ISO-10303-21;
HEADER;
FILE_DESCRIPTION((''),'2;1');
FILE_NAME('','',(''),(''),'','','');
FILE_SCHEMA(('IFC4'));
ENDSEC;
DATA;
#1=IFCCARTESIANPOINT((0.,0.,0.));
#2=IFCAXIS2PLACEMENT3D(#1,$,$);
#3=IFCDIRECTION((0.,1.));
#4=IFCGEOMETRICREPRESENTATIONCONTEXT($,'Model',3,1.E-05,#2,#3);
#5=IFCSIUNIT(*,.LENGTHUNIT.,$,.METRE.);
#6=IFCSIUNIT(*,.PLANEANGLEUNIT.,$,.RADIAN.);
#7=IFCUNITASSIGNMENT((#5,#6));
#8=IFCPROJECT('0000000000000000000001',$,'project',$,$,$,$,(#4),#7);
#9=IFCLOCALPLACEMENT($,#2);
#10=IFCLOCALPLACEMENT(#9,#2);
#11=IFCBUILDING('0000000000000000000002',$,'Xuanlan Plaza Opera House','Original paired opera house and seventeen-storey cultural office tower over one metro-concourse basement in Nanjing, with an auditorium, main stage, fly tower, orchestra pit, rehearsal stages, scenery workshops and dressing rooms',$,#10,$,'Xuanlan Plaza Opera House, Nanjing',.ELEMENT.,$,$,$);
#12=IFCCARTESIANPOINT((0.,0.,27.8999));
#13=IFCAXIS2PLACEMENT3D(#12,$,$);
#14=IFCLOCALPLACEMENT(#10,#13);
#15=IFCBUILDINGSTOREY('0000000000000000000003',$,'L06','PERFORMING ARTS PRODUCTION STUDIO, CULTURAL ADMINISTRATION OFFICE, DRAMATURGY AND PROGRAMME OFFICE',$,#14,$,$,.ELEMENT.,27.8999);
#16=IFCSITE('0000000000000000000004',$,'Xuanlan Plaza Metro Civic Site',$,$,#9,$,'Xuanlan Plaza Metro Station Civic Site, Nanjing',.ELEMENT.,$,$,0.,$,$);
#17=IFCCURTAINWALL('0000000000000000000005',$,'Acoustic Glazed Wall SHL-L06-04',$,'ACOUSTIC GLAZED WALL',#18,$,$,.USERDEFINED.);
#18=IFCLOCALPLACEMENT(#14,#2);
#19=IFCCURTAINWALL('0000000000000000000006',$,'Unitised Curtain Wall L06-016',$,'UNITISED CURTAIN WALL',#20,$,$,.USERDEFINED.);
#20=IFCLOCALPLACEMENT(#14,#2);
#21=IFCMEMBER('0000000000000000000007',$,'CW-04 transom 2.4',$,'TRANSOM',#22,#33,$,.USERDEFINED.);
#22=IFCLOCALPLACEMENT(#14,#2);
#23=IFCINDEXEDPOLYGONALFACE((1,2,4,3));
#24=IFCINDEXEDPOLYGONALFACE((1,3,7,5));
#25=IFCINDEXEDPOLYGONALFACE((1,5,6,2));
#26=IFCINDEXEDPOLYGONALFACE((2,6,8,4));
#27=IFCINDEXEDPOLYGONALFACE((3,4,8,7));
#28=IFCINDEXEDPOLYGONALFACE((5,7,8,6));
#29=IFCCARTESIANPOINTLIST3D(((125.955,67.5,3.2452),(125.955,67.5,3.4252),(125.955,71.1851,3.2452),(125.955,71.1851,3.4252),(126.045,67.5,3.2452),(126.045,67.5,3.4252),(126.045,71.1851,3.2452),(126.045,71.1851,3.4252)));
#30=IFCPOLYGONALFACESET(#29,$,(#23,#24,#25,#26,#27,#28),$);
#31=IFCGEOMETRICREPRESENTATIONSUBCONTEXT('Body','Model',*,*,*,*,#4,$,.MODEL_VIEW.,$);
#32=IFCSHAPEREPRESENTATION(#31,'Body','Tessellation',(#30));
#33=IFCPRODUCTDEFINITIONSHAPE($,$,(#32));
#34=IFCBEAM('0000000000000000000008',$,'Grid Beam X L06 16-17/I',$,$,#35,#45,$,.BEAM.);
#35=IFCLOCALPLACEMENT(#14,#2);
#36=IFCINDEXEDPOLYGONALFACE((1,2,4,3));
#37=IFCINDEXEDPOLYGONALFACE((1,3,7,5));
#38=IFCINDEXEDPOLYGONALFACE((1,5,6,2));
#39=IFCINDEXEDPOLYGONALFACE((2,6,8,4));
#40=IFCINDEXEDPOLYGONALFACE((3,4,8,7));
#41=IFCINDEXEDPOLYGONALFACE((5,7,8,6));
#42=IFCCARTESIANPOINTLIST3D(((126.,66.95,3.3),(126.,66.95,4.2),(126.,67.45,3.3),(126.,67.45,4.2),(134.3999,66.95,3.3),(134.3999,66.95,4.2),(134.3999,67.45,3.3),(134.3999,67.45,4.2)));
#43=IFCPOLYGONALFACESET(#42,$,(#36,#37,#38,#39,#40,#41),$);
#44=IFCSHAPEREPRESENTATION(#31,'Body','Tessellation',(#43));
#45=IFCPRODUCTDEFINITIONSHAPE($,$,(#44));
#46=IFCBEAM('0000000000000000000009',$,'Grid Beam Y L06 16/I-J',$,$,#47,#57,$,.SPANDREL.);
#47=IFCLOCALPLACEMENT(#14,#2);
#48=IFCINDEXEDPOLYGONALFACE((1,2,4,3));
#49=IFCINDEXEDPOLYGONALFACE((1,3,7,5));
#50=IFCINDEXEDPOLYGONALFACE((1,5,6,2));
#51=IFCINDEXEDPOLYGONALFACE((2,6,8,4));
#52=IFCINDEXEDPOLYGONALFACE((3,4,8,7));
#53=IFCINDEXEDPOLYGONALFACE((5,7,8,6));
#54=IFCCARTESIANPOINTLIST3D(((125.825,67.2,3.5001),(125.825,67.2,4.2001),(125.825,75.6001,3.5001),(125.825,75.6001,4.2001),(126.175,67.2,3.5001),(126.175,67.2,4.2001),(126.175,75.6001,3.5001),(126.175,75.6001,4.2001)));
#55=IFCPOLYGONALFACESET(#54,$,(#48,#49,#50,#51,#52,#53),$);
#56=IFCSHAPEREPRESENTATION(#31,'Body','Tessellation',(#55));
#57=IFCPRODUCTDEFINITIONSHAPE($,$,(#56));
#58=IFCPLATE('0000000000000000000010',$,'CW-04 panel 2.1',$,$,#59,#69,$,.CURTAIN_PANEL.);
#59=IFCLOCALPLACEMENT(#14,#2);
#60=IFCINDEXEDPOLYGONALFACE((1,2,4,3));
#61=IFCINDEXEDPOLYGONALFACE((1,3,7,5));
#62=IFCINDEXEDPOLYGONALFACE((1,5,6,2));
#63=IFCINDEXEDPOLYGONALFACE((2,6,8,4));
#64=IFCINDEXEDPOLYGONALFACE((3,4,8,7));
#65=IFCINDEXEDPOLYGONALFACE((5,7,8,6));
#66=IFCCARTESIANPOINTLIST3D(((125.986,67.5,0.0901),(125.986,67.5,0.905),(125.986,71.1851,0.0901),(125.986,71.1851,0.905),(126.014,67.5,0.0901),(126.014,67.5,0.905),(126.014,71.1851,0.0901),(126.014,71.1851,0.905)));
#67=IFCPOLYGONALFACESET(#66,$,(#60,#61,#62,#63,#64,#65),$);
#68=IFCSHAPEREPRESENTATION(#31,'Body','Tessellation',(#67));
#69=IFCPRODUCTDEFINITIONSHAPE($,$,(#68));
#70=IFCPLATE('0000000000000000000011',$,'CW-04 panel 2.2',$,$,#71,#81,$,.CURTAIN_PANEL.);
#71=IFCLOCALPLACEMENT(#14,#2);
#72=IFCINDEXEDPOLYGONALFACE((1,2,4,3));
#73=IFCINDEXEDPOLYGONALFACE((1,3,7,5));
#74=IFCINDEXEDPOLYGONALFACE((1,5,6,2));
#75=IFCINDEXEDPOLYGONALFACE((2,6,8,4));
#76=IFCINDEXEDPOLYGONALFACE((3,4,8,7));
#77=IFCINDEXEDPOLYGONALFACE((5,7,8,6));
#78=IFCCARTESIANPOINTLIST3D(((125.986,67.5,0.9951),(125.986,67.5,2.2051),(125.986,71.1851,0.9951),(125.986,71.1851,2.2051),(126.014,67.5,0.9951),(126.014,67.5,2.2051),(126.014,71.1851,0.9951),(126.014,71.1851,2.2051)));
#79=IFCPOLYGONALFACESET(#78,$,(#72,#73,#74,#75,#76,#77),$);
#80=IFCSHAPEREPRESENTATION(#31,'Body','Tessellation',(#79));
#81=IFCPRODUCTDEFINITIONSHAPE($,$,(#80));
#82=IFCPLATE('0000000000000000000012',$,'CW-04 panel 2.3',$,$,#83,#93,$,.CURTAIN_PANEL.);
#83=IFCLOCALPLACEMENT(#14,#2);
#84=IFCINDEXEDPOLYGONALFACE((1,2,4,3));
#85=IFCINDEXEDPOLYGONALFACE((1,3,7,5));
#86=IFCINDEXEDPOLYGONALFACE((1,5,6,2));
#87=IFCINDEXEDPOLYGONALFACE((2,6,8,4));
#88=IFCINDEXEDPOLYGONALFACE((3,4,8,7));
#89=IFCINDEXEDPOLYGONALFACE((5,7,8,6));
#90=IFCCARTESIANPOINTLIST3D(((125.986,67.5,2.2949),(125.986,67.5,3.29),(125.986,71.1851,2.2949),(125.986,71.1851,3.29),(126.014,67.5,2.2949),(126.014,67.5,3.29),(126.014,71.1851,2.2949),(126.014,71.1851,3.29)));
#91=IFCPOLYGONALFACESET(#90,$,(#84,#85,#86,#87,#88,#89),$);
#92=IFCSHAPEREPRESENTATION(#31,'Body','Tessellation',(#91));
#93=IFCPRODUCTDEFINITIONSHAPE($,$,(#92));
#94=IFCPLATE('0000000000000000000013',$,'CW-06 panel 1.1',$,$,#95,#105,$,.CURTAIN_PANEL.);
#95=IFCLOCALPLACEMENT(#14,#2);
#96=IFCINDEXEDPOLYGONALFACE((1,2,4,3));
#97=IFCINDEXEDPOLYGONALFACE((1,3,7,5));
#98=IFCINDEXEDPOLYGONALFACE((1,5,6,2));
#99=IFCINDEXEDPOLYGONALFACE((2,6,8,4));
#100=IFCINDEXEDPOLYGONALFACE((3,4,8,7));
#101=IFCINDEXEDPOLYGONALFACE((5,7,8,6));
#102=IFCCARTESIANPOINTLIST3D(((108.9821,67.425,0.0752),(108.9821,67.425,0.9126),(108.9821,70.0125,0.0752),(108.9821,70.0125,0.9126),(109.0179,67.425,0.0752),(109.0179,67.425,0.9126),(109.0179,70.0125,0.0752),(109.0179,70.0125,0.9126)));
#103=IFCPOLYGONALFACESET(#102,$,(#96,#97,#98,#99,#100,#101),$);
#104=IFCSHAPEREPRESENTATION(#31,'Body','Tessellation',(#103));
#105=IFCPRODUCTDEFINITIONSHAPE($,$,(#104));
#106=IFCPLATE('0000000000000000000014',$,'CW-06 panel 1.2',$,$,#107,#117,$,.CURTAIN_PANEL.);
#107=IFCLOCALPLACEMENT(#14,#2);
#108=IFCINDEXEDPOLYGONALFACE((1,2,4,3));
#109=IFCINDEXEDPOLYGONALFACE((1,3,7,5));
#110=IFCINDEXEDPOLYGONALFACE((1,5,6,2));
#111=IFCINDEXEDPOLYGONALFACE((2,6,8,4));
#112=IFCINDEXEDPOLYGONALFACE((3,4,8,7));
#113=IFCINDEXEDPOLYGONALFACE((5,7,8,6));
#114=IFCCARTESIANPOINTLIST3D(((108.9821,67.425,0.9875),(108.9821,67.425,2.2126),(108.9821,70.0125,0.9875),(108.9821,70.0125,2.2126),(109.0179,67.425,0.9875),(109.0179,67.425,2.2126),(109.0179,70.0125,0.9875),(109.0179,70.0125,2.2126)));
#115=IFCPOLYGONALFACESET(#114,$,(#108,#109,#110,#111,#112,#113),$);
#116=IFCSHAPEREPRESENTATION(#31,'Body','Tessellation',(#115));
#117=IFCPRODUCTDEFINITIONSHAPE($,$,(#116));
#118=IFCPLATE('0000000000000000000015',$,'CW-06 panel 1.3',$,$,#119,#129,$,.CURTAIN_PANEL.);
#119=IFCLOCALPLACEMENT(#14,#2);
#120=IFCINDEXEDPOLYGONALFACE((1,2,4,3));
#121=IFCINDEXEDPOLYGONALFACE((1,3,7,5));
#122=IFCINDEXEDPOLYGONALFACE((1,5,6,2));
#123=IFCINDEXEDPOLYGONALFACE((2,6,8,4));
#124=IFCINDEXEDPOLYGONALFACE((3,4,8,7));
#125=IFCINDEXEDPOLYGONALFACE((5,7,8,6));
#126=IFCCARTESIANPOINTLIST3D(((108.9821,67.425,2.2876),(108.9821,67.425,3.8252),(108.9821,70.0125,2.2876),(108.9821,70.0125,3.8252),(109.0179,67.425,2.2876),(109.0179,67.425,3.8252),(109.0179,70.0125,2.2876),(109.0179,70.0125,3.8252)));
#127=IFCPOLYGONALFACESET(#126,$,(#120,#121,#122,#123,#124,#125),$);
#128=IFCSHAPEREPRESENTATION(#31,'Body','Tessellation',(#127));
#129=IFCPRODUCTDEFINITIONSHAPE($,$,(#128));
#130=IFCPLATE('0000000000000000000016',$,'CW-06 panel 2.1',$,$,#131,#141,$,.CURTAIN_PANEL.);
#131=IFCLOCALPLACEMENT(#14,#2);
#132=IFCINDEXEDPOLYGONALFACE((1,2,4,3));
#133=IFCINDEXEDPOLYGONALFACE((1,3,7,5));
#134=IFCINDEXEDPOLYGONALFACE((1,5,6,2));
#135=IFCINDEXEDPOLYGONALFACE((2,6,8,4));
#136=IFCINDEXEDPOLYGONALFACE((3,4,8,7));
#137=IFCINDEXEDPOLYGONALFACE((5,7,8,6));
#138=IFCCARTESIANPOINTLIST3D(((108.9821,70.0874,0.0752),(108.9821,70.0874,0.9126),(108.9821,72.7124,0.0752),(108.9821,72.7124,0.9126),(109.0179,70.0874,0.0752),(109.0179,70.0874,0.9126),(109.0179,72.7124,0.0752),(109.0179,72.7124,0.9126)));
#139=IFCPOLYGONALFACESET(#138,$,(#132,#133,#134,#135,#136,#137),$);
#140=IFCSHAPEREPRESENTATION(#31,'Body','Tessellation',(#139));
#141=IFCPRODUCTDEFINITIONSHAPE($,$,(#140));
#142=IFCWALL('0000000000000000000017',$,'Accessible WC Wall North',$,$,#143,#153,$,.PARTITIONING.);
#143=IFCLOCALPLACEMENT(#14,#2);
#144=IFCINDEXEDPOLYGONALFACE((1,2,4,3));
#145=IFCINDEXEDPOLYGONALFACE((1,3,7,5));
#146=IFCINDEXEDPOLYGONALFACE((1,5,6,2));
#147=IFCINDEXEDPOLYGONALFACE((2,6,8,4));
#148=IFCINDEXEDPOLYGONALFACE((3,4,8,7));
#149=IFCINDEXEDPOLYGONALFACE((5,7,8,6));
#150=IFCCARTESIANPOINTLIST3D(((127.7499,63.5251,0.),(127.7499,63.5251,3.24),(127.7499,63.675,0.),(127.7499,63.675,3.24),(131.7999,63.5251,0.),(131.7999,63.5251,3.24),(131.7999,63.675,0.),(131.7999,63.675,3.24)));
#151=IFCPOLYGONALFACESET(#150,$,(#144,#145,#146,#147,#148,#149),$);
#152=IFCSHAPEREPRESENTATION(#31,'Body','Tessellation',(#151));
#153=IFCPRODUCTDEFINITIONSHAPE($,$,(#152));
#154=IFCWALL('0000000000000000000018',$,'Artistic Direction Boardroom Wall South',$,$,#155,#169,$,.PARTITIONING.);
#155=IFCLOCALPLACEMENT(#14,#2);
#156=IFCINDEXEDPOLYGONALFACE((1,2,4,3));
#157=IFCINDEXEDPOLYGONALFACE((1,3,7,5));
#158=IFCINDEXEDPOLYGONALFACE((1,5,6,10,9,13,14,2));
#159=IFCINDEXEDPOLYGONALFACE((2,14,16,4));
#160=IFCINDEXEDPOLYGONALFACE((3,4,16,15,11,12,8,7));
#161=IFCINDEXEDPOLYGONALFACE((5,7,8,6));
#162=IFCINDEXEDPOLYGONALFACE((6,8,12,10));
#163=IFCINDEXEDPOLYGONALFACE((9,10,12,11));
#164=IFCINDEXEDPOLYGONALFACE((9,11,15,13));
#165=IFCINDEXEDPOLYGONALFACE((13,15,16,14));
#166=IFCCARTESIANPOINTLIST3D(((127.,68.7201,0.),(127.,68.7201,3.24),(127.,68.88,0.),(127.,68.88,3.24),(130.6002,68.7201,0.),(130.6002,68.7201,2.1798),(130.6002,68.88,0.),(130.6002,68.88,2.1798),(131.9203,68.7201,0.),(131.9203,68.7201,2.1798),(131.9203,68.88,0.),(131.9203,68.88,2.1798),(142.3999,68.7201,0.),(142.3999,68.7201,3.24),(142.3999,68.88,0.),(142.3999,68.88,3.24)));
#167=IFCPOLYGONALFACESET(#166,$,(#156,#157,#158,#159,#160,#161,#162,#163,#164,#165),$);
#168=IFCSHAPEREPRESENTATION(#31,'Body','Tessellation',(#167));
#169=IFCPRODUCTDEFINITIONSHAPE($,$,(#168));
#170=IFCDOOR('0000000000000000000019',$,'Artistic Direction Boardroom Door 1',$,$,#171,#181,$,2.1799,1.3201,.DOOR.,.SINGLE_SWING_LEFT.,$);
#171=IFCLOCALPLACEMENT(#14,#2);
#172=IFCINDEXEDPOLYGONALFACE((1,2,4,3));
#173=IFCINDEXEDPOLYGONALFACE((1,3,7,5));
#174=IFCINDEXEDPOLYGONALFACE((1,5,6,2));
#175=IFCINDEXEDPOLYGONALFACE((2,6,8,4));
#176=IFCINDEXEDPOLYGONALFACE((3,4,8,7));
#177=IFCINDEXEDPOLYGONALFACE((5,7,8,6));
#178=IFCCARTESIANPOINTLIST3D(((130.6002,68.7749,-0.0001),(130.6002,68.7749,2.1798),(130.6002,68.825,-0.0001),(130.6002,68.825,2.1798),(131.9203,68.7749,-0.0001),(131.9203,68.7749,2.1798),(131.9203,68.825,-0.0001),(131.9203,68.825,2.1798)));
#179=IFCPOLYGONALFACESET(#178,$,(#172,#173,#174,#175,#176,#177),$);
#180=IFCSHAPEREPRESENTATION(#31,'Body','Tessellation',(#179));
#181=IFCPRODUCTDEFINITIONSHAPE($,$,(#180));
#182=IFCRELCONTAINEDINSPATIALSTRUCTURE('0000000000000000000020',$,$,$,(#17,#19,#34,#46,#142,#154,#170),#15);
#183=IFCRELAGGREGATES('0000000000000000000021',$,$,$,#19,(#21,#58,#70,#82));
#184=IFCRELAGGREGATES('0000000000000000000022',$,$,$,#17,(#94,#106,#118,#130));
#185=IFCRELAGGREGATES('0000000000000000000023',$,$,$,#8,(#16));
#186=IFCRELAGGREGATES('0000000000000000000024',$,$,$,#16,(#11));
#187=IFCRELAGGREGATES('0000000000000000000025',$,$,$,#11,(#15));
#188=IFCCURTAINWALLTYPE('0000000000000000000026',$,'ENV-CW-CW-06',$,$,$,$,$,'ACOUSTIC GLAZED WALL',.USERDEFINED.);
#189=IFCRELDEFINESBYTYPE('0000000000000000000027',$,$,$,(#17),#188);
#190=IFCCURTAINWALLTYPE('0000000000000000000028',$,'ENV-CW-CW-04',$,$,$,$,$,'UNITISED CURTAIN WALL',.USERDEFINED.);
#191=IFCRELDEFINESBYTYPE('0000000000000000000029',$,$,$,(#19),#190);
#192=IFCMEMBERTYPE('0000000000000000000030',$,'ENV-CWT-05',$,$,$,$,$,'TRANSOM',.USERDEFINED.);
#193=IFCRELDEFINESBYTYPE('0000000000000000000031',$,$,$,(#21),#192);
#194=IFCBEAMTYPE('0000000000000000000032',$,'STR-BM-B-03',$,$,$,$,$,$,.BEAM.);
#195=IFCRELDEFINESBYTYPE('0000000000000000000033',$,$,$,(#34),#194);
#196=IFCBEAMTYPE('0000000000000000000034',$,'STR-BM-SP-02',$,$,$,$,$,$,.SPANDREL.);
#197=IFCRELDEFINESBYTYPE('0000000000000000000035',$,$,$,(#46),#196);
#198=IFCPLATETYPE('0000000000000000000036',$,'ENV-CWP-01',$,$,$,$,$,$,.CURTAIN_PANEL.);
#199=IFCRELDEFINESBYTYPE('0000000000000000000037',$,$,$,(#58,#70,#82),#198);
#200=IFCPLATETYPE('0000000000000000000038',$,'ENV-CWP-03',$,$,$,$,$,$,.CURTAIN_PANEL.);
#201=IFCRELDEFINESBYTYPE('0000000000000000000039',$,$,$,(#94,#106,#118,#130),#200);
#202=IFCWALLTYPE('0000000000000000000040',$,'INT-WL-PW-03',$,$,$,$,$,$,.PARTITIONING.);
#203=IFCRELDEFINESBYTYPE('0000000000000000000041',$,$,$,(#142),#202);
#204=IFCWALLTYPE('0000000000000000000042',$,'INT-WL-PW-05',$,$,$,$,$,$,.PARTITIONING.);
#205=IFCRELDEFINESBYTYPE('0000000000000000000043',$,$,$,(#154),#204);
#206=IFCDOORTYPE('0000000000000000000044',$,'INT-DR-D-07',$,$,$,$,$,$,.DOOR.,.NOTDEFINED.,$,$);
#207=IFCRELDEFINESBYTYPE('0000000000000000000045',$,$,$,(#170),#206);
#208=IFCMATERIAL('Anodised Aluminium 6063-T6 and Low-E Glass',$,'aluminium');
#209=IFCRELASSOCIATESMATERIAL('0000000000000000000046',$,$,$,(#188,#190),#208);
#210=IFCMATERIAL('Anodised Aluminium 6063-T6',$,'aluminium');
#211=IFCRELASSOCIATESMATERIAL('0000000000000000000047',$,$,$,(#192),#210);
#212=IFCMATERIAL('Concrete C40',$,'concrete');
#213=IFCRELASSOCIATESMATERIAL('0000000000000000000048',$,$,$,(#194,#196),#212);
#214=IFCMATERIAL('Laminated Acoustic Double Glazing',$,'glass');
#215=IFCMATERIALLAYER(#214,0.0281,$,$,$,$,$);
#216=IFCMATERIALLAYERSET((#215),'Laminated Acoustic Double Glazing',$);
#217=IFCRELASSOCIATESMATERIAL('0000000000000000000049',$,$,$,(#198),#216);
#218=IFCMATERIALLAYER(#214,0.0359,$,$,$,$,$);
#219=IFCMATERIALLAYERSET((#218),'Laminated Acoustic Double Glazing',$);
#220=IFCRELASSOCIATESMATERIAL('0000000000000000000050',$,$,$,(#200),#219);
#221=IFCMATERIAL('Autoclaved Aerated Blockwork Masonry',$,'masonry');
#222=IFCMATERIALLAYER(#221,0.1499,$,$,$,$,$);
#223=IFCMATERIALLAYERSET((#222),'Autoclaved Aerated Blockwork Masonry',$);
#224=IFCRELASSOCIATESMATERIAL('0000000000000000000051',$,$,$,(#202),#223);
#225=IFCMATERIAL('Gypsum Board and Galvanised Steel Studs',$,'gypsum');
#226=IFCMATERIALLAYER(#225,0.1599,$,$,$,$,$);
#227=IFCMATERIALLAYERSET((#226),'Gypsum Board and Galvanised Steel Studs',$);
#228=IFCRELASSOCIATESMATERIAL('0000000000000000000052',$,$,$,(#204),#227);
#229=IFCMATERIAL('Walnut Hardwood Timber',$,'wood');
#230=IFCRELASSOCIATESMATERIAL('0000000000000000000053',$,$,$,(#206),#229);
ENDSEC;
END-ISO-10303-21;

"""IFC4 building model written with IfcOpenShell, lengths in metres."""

from ifc_helpers import new_model, si_unit, direction, frame, frame_2d, origin, origin_2d, place, context, subcontext, project, spatial, rectangle, extrude, material, layer, layer_set, material_profile, profile_set, type_object, element, fill, aggregate, save


model = new_model("IFC4")

# Units and contexts
model_context = context("Model", 3, precision=1e-05, world=origin(), true_north=direction((0.0, 1.0)))
body_context = subcontext(model_context, "Body", "Model", "MODEL_VIEW")
ifc_project = project(units=[si_unit("LENGTHUNIT", "METRE"), si_unit("PLANEANGLEUNIT", "RADIAN")], contexts=[model_context])

# Site, building, storey
site_placement = place(None, origin())
site = spatial("IfcSite", under=ifc_project, at=site_placement, Name="Xuanlan Plaza Metro Civic Site", LongName="Xuanlan Plaza Metro Station Civic Site, Nanjing", CompositionType="ELEMENT", RefElevation=0.0)
building_placement = place(site_placement, origin())
building = spatial("IfcBuilding", under=site, at=building_placement, Name="Xuanlan Plaza Opera House", Description="Original paired opera house and seventeen-storey cultural office tower over one metro-concourse basement in Nanjing, with an auditorium, main stage, fly tower, orchestra pit, rehearsal stages, scenery workshops and dressing rooms", LongName="Xuanlan Plaza Opera House, Nanjing", CompositionType="ELEMENT")
storey_placement = place(building_placement, frame((0.0, 0.0, 27.8999)))
storey = spatial("IfcBuildingStorey", under=building, at=storey_placement, Name="L06", Description="PERFORMING ARTS PRODUCTION STUDIO, CULTURAL ADMINISTRATION OFFICE, DRAMATURGY AND PROGRAMME OFFICE", CompositionType="ELEMENT", Elevation=27.8999)

# Curtain wall
ifc_material_1 = material(Name="Anodised Aluminium 6063-T6 and Low-E Glass", Category="aluminium")
curtain_wall_type_1 = type_object("IfcCurtainWallType", Name="ENV-CW-CW-06", ElementType="ACOUSTIC GLAZED WALL", PredefinedType="USERDEFINED", material=ifc_material_1)
curtain_wall_1_placement = place(storey_placement, origin())
curtain_wall_1 = element("IfcCurtainWall", 1, at=curtain_wall_1_placement, inside=storey, type_object=curtain_wall_type_1, Name="Acoustic Glazed Wall SHL-L06-04", ObjectType="ACOUSTIC GLAZED WALL", PredefinedType="USERDEFINED")
ifc_material_2 = material(Name="Anodised Aluminium 6063-T6", Category="aluminium")

# Curtain wall
curtain_wall_type_2 = type_object("IfcCurtainWallType", Name="ENV-CW-CW-04", ElementType="UNITISED CURTAIN WALL", PredefinedType="USERDEFINED", material=ifc_material_1)
curtain_wall_2_placement = place(storey_placement, origin())
curtain_wall_2 = element("IfcCurtainWall", 2, at=curtain_wall_2_placement, inside=storey, type_object=curtain_wall_type_2, Name="Unitised Curtain Wall L06-016", ObjectType="UNITISED CURTAIN WALL", PredefinedType="USERDEFINED")

# Member
ifc_material_profile_1 = material_profile(ifc_material_2, rectangle(XDim=0.0901, YDim=0.1799, at=origin_2d()), Name="ALU-T 90x180")
ifc_profile_set_1 = profile_set([ifc_material_profile_1], Name="Anodised Aluminium 6063-T6")
member_type_1 = type_object("IfcMemberType", Name="ENV-CWT-05", ElementType="TRANSOM", PredefinedType="USERDEFINED", material=ifc_profile_set_1)
member_1_placement = place(storey_placement, frame((126.0, 71.1851, 3.3352), z_axis=(0.0, -1.0, 0.0), x_axis=(1.0, 0.0, 0.0)))
member_1 = element("IfcMember", 3, at=member_1_placement, type_object=member_type_1, Name="CW-04 transom 2.4", ObjectType="TRANSOM", PredefinedType="USERDEFINED", context=body_context, shape_type="SweptSolid", body=[
    extrude(rectangle(XDim=0.0901, YDim=0.1799, at=origin_2d()), origin(), (0.0, 0.0, 1.0), 3.6851),
])

# Beams
ifc_material_3 = material(Name="Concrete C40", Category="concrete")
ifc_material_profile_2 = material_profile(ifc_material_3, rectangle(XDim=0.5, YDim=0.8999, at=origin_2d()), Name="RC-BM 500x900")
ifc_profile_set_2 = profile_set([ifc_material_profile_2], Name="Concrete C40")
beam_type_1 = type_object("IfcBeamType", Name="STR-BM-B-03", PredefinedType="BEAM", material=ifc_profile_set_2)
beam_1_placement = place(storey_placement, frame((126.0, 67.2, 3.75), z_axis=(1.0, 0.0, 0.0), x_axis=(0.0, 1.0, 0.0)))
element("IfcBeam", 4, at=beam_1_placement, inside=storey, type_object=beam_type_1, Name="Grid Beam X L06 16-17/I", PredefinedType="BEAM", context=body_context, shape_type="SweptSolid", body=[
    extrude(rectangle(XDim=0.5, YDim=0.8999, at=origin_2d()), origin(), (0.0, 0.0, 1.0), 8.3999),
])
ifc_material_profile_3 = material_profile(ifc_material_3, rectangle(XDim=0.3501, YDim=0.7, at=origin_2d()), Name="RC-SPD 350x700")
ifc_profile_set_3 = profile_set([ifc_material_profile_3], Name="Concrete C40")
beam_type_2 = type_object("IfcBeamType", Name="STR-BM-SP-02", PredefinedType="SPANDREL", material=ifc_profile_set_3)
beam_2_placement = place(storey_placement, frame((126.0, 67.2, 3.8501), z_axis=(0.0, 1.0, 0.0), x_axis=(-1.0, 0.0, 0.0)))
element("IfcBeam", 5, at=beam_2_placement, inside=storey, type_object=beam_type_2, Name="Grid Beam Y L06 16/I-J", PredefinedType="SPANDREL", context=body_context, shape_type="SweptSolid", body=[
    extrude(rectangle(XDim=0.3501, YDim=0.7, at=origin_2d()), origin(), (0.0, 0.0, 1.0), 8.4001),
])

# Plates
ifc_material_4 = material(Name="Laminated Acoustic Double Glazing", Category="glass")
ifc_layer_1 = layer(ifc_material_4, 0.0281)
ifc_layer_set_1 = layer_set([ifc_layer_1], Name="Laminated Acoustic Double Glazing")
plate_type_1 = type_object("IfcPlateType", Name="ENV-CWP-01", PredefinedType="CURTAIN_PANEL", material=ifc_layer_set_1)
plate_1_placement = place(storey_placement, frame((126.0, 69.3425, 0.0901), z_axis=(0.0, 0.0, 1.0), x_axis=(0.0, -1.0, 0.0)))
plate_1 = element("IfcPlate", 6, at=plate_1_placement, type_object=plate_type_1, Name="CW-04 panel 2.1", PredefinedType="CURTAIN_PANEL", context=body_context, shape_type="SweptSolid", body=[
    extrude(rectangle(XDim=3.6851, YDim=0.0281, at=origin_2d()), origin(), (0.0, 0.0, 1.0), 0.8149),
])
plate_2_placement = place(storey_placement, frame((126.0, 69.3425, 0.9951), z_axis=(0.0, 0.0, 1.0), x_axis=(0.0, -1.0, 0.0)))
plate_2 = element("IfcPlate", 7, at=plate_2_placement, type_object=plate_type_1, Name="CW-04 panel 2.2", PredefinedType="CURTAIN_PANEL", context=body_context, shape_type="SweptSolid", body=[
    extrude(rectangle(XDim=3.6851, YDim=0.0281, at=origin_2d()), origin(), (0.0, 0.0, 1.0), 1.21),
])
plate_3_placement = place(storey_placement, frame((126.0, 69.3425, 2.2949), z_axis=(0.0, 0.0, 1.0), x_axis=(0.0, -1.0, 0.0)))
plate_3 = element("IfcPlate", 8, at=plate_3_placement, type_object=plate_type_1, Name="CW-04 panel 2.3", PredefinedType="CURTAIN_PANEL", context=body_context, shape_type="SweptSolid", body=[
    extrude(rectangle(XDim=3.6851, YDim=0.0281, at=origin_2d()), origin(), (0.0, 0.0, 1.0), 0.9951),
])
aggregate(curtain_wall_2, [member_1, plate_1, plate_2, plate_3])
ifc_layer_2 = layer(ifc_material_4, 0.0359)
ifc_layer_set_2 = layer_set([ifc_layer_2], Name="Laminated Acoustic Double Glazing")
plate_type_2 = type_object("IfcPlateType", Name="ENV-CWP-03", PredefinedType="CURTAIN_PANEL", material=ifc_layer_set_2)
plate_4_placement = place(storey_placement, frame((109.0, 68.7188, 0.0752), z_axis=(0.0, 0.0, 1.0), x_axis=(0.0, 1.0, 0.0)))
plate_4 = element("IfcPlate", 9, at=plate_4_placement, type_object=plate_type_2, Name="CW-06 panel 1.1", PredefinedType="CURTAIN_PANEL", context=body_context, shape_type="SweptSolid", body=[
    extrude(rectangle(XDim=2.5874, YDim=0.0359, at=origin_2d()), origin(), (0.0, 0.0, 1.0), 0.8374),
])
plate_5_placement = place(storey_placement, frame((109.0, 68.7188, 0.9875), z_axis=(0.0, 0.0, 1.0), x_axis=(0.0, 1.0, 0.0)))
plate_5 = element("IfcPlate", 10, at=plate_5_placement, type_object=plate_type_2, Name="CW-06 panel 1.2", PredefinedType="CURTAIN_PANEL", context=body_context, shape_type="SweptSolid", body=[
    extrude(rectangle(XDim=2.5874, YDim=0.0359, at=origin_2d()), origin(), (0.0, 0.0, 1.0), 1.2251),
])
plate_6_placement = place(storey_placement, frame((109.0, 68.7188, 2.2876), z_axis=(0.0, 0.0, 1.0), x_axis=(0.0, 1.0, 0.0)))
plate_6 = element("IfcPlate", 11, at=plate_6_placement, type_object=plate_type_2, Name="CW-06 panel 1.3", PredefinedType="CURTAIN_PANEL", context=body_context, shape_type="SweptSolid", body=[
    extrude(rectangle(XDim=2.5874, YDim=0.0359, at=origin_2d()), origin(), (0.0, 0.0, 1.0), 1.5376),
])
plate_7_placement = place(storey_placement, frame((109.0, 71.3999, 0.0752), z_axis=(0.0, 0.0, 1.0), x_axis=(0.0, 1.0, 0.0)))
plate_7 = element("IfcPlate", 12, at=plate_7_placement, type_object=plate_type_2, Name="CW-06 panel 2.1", PredefinedType="CURTAIN_PANEL", context=body_context, shape_type="SweptSolid", body=[
    extrude(rectangle(XDim=2.625, YDim=0.0359, at=origin_2d()), origin(), (0.0, 0.0, 1.0), 0.8374),
])
aggregate(curtain_wall_1, [plate_4, plate_5, plate_6, plate_7])

# Wall
ifc_material_5 = material(Name="Autoclaved Aerated Blockwork Masonry", Category="masonry")
ifc_layer_3 = layer(ifc_material_5, 0.1499)
ifc_layer_set_3 = layer_set([ifc_layer_3], Name="Autoclaved Aerated Blockwork Masonry")
wall_type_1 = type_object("IfcWallType", Name="INT-WL-PW-03", PredefinedType="PARTITIONING", material=ifc_layer_set_3)
wall_1_placement = place(storey_placement, frame((127.75, 63.6001, 0.0), z_axis=(0.0, 0.0, 1.0), x_axis=(1.0, 0.0, 0.0)))
element("IfcWall", 13, at=wall_1_placement, inside=storey, type_object=wall_type_1, Name="Accessible WC Wall North", PredefinedType="PARTITIONING", context=body_context, shape_type="SweptSolid", body=[
    extrude(rectangle(XDim=4.05, YDim=0.1499, at=frame_2d((2.0249, 0.0))), origin(), (0.0, 0.0, 1.0), 3.24),
])

# Wall, opening, door
ifc_material_6 = material(Name="Gypsum Board and Galvanised Steel Studs", Category="gypsum")
ifc_layer_4 = layer(ifc_material_6, 0.1599)
ifc_layer_set_4 = layer_set([ifc_layer_4], Name="Gypsum Board and Galvanised Steel Studs")
wall_type_2 = type_object("IfcWallType", Name="INT-WL-PW-05", PredefinedType="PARTITIONING", material=ifc_layer_set_4)
wall_2_placement = place(storey_placement, frame((127.0, 68.8, 0.0), z_axis=(0.0, 0.0, 1.0), x_axis=(1.0, 0.0, 0.0)))
wall_2 = element("IfcWall", 14, at=wall_2_placement, inside=storey, type_object=wall_type_2, Name="Artistic Direction Boardroom Wall South", PredefinedType="PARTITIONING", context=body_context, shape_type="SweptSolid", body=[
    extrude(rectangle(XDim=15.3999, YDim=0.1599, at=frame_2d((7.7, 0.0))), origin(), (0.0, 0.0, 1.0), 3.24),
])
opening_1_placement = place(wall_2_placement, frame((3.6001, 0.0, 0.0)))
opening_1 = element("IfcOpeningElement", 15, at=opening_1_placement, cuts=wall_2, PredefinedType="OPENING", context=body_context, shape_type="SweptSolid", body=[
    extrude(rectangle(XDim=1.3201, YDim=2.1799, at=frame_2d((0.6602, 1.0898))), frame((0.0, 0.0898, 0.0), z_axis=(0.0, -1.0, 0.0), x_axis=(1.0, 0.0, 0.0)), (0.0, 0.0, 1.0), 0.1799),
])
ifc_material_7 = material(Name="Walnut Hardwood Timber", Category="wood")
door_type_1 = type_object("IfcDoorType", Name="INT-DR-D-07", OperationType="NOTDEFINED", PredefinedType="DOOR", material=ifc_material_7)
door_1_placement = place(opening_1_placement, origin())
door_1 = element("IfcDoor", 16, at=door_1_placement, inside=storey, type_object=door_type_1, Name="Artistic Direction Boardroom Door 1", OperationType="SINGLE_SWING_LEFT", OverallHeight=2.1799, OverallWidth=1.3201, PredefinedType="DOOR", context=body_context, shape_type="SweptSolid", body=[
    extrude(rectangle(XDim=1.3201, YDim=2.1799, at=frame_2d((0.6602, 1.0898))), frame((0.0, 0.0249, 0.0), z_axis=(0.0, -1.0, 0.0), x_axis=(1.0, 0.0, 0.0)), (0.0, 0.0, 1.0), 0.05),
])
fill(opening_1, door_1)

save(model, "model.ifc")
